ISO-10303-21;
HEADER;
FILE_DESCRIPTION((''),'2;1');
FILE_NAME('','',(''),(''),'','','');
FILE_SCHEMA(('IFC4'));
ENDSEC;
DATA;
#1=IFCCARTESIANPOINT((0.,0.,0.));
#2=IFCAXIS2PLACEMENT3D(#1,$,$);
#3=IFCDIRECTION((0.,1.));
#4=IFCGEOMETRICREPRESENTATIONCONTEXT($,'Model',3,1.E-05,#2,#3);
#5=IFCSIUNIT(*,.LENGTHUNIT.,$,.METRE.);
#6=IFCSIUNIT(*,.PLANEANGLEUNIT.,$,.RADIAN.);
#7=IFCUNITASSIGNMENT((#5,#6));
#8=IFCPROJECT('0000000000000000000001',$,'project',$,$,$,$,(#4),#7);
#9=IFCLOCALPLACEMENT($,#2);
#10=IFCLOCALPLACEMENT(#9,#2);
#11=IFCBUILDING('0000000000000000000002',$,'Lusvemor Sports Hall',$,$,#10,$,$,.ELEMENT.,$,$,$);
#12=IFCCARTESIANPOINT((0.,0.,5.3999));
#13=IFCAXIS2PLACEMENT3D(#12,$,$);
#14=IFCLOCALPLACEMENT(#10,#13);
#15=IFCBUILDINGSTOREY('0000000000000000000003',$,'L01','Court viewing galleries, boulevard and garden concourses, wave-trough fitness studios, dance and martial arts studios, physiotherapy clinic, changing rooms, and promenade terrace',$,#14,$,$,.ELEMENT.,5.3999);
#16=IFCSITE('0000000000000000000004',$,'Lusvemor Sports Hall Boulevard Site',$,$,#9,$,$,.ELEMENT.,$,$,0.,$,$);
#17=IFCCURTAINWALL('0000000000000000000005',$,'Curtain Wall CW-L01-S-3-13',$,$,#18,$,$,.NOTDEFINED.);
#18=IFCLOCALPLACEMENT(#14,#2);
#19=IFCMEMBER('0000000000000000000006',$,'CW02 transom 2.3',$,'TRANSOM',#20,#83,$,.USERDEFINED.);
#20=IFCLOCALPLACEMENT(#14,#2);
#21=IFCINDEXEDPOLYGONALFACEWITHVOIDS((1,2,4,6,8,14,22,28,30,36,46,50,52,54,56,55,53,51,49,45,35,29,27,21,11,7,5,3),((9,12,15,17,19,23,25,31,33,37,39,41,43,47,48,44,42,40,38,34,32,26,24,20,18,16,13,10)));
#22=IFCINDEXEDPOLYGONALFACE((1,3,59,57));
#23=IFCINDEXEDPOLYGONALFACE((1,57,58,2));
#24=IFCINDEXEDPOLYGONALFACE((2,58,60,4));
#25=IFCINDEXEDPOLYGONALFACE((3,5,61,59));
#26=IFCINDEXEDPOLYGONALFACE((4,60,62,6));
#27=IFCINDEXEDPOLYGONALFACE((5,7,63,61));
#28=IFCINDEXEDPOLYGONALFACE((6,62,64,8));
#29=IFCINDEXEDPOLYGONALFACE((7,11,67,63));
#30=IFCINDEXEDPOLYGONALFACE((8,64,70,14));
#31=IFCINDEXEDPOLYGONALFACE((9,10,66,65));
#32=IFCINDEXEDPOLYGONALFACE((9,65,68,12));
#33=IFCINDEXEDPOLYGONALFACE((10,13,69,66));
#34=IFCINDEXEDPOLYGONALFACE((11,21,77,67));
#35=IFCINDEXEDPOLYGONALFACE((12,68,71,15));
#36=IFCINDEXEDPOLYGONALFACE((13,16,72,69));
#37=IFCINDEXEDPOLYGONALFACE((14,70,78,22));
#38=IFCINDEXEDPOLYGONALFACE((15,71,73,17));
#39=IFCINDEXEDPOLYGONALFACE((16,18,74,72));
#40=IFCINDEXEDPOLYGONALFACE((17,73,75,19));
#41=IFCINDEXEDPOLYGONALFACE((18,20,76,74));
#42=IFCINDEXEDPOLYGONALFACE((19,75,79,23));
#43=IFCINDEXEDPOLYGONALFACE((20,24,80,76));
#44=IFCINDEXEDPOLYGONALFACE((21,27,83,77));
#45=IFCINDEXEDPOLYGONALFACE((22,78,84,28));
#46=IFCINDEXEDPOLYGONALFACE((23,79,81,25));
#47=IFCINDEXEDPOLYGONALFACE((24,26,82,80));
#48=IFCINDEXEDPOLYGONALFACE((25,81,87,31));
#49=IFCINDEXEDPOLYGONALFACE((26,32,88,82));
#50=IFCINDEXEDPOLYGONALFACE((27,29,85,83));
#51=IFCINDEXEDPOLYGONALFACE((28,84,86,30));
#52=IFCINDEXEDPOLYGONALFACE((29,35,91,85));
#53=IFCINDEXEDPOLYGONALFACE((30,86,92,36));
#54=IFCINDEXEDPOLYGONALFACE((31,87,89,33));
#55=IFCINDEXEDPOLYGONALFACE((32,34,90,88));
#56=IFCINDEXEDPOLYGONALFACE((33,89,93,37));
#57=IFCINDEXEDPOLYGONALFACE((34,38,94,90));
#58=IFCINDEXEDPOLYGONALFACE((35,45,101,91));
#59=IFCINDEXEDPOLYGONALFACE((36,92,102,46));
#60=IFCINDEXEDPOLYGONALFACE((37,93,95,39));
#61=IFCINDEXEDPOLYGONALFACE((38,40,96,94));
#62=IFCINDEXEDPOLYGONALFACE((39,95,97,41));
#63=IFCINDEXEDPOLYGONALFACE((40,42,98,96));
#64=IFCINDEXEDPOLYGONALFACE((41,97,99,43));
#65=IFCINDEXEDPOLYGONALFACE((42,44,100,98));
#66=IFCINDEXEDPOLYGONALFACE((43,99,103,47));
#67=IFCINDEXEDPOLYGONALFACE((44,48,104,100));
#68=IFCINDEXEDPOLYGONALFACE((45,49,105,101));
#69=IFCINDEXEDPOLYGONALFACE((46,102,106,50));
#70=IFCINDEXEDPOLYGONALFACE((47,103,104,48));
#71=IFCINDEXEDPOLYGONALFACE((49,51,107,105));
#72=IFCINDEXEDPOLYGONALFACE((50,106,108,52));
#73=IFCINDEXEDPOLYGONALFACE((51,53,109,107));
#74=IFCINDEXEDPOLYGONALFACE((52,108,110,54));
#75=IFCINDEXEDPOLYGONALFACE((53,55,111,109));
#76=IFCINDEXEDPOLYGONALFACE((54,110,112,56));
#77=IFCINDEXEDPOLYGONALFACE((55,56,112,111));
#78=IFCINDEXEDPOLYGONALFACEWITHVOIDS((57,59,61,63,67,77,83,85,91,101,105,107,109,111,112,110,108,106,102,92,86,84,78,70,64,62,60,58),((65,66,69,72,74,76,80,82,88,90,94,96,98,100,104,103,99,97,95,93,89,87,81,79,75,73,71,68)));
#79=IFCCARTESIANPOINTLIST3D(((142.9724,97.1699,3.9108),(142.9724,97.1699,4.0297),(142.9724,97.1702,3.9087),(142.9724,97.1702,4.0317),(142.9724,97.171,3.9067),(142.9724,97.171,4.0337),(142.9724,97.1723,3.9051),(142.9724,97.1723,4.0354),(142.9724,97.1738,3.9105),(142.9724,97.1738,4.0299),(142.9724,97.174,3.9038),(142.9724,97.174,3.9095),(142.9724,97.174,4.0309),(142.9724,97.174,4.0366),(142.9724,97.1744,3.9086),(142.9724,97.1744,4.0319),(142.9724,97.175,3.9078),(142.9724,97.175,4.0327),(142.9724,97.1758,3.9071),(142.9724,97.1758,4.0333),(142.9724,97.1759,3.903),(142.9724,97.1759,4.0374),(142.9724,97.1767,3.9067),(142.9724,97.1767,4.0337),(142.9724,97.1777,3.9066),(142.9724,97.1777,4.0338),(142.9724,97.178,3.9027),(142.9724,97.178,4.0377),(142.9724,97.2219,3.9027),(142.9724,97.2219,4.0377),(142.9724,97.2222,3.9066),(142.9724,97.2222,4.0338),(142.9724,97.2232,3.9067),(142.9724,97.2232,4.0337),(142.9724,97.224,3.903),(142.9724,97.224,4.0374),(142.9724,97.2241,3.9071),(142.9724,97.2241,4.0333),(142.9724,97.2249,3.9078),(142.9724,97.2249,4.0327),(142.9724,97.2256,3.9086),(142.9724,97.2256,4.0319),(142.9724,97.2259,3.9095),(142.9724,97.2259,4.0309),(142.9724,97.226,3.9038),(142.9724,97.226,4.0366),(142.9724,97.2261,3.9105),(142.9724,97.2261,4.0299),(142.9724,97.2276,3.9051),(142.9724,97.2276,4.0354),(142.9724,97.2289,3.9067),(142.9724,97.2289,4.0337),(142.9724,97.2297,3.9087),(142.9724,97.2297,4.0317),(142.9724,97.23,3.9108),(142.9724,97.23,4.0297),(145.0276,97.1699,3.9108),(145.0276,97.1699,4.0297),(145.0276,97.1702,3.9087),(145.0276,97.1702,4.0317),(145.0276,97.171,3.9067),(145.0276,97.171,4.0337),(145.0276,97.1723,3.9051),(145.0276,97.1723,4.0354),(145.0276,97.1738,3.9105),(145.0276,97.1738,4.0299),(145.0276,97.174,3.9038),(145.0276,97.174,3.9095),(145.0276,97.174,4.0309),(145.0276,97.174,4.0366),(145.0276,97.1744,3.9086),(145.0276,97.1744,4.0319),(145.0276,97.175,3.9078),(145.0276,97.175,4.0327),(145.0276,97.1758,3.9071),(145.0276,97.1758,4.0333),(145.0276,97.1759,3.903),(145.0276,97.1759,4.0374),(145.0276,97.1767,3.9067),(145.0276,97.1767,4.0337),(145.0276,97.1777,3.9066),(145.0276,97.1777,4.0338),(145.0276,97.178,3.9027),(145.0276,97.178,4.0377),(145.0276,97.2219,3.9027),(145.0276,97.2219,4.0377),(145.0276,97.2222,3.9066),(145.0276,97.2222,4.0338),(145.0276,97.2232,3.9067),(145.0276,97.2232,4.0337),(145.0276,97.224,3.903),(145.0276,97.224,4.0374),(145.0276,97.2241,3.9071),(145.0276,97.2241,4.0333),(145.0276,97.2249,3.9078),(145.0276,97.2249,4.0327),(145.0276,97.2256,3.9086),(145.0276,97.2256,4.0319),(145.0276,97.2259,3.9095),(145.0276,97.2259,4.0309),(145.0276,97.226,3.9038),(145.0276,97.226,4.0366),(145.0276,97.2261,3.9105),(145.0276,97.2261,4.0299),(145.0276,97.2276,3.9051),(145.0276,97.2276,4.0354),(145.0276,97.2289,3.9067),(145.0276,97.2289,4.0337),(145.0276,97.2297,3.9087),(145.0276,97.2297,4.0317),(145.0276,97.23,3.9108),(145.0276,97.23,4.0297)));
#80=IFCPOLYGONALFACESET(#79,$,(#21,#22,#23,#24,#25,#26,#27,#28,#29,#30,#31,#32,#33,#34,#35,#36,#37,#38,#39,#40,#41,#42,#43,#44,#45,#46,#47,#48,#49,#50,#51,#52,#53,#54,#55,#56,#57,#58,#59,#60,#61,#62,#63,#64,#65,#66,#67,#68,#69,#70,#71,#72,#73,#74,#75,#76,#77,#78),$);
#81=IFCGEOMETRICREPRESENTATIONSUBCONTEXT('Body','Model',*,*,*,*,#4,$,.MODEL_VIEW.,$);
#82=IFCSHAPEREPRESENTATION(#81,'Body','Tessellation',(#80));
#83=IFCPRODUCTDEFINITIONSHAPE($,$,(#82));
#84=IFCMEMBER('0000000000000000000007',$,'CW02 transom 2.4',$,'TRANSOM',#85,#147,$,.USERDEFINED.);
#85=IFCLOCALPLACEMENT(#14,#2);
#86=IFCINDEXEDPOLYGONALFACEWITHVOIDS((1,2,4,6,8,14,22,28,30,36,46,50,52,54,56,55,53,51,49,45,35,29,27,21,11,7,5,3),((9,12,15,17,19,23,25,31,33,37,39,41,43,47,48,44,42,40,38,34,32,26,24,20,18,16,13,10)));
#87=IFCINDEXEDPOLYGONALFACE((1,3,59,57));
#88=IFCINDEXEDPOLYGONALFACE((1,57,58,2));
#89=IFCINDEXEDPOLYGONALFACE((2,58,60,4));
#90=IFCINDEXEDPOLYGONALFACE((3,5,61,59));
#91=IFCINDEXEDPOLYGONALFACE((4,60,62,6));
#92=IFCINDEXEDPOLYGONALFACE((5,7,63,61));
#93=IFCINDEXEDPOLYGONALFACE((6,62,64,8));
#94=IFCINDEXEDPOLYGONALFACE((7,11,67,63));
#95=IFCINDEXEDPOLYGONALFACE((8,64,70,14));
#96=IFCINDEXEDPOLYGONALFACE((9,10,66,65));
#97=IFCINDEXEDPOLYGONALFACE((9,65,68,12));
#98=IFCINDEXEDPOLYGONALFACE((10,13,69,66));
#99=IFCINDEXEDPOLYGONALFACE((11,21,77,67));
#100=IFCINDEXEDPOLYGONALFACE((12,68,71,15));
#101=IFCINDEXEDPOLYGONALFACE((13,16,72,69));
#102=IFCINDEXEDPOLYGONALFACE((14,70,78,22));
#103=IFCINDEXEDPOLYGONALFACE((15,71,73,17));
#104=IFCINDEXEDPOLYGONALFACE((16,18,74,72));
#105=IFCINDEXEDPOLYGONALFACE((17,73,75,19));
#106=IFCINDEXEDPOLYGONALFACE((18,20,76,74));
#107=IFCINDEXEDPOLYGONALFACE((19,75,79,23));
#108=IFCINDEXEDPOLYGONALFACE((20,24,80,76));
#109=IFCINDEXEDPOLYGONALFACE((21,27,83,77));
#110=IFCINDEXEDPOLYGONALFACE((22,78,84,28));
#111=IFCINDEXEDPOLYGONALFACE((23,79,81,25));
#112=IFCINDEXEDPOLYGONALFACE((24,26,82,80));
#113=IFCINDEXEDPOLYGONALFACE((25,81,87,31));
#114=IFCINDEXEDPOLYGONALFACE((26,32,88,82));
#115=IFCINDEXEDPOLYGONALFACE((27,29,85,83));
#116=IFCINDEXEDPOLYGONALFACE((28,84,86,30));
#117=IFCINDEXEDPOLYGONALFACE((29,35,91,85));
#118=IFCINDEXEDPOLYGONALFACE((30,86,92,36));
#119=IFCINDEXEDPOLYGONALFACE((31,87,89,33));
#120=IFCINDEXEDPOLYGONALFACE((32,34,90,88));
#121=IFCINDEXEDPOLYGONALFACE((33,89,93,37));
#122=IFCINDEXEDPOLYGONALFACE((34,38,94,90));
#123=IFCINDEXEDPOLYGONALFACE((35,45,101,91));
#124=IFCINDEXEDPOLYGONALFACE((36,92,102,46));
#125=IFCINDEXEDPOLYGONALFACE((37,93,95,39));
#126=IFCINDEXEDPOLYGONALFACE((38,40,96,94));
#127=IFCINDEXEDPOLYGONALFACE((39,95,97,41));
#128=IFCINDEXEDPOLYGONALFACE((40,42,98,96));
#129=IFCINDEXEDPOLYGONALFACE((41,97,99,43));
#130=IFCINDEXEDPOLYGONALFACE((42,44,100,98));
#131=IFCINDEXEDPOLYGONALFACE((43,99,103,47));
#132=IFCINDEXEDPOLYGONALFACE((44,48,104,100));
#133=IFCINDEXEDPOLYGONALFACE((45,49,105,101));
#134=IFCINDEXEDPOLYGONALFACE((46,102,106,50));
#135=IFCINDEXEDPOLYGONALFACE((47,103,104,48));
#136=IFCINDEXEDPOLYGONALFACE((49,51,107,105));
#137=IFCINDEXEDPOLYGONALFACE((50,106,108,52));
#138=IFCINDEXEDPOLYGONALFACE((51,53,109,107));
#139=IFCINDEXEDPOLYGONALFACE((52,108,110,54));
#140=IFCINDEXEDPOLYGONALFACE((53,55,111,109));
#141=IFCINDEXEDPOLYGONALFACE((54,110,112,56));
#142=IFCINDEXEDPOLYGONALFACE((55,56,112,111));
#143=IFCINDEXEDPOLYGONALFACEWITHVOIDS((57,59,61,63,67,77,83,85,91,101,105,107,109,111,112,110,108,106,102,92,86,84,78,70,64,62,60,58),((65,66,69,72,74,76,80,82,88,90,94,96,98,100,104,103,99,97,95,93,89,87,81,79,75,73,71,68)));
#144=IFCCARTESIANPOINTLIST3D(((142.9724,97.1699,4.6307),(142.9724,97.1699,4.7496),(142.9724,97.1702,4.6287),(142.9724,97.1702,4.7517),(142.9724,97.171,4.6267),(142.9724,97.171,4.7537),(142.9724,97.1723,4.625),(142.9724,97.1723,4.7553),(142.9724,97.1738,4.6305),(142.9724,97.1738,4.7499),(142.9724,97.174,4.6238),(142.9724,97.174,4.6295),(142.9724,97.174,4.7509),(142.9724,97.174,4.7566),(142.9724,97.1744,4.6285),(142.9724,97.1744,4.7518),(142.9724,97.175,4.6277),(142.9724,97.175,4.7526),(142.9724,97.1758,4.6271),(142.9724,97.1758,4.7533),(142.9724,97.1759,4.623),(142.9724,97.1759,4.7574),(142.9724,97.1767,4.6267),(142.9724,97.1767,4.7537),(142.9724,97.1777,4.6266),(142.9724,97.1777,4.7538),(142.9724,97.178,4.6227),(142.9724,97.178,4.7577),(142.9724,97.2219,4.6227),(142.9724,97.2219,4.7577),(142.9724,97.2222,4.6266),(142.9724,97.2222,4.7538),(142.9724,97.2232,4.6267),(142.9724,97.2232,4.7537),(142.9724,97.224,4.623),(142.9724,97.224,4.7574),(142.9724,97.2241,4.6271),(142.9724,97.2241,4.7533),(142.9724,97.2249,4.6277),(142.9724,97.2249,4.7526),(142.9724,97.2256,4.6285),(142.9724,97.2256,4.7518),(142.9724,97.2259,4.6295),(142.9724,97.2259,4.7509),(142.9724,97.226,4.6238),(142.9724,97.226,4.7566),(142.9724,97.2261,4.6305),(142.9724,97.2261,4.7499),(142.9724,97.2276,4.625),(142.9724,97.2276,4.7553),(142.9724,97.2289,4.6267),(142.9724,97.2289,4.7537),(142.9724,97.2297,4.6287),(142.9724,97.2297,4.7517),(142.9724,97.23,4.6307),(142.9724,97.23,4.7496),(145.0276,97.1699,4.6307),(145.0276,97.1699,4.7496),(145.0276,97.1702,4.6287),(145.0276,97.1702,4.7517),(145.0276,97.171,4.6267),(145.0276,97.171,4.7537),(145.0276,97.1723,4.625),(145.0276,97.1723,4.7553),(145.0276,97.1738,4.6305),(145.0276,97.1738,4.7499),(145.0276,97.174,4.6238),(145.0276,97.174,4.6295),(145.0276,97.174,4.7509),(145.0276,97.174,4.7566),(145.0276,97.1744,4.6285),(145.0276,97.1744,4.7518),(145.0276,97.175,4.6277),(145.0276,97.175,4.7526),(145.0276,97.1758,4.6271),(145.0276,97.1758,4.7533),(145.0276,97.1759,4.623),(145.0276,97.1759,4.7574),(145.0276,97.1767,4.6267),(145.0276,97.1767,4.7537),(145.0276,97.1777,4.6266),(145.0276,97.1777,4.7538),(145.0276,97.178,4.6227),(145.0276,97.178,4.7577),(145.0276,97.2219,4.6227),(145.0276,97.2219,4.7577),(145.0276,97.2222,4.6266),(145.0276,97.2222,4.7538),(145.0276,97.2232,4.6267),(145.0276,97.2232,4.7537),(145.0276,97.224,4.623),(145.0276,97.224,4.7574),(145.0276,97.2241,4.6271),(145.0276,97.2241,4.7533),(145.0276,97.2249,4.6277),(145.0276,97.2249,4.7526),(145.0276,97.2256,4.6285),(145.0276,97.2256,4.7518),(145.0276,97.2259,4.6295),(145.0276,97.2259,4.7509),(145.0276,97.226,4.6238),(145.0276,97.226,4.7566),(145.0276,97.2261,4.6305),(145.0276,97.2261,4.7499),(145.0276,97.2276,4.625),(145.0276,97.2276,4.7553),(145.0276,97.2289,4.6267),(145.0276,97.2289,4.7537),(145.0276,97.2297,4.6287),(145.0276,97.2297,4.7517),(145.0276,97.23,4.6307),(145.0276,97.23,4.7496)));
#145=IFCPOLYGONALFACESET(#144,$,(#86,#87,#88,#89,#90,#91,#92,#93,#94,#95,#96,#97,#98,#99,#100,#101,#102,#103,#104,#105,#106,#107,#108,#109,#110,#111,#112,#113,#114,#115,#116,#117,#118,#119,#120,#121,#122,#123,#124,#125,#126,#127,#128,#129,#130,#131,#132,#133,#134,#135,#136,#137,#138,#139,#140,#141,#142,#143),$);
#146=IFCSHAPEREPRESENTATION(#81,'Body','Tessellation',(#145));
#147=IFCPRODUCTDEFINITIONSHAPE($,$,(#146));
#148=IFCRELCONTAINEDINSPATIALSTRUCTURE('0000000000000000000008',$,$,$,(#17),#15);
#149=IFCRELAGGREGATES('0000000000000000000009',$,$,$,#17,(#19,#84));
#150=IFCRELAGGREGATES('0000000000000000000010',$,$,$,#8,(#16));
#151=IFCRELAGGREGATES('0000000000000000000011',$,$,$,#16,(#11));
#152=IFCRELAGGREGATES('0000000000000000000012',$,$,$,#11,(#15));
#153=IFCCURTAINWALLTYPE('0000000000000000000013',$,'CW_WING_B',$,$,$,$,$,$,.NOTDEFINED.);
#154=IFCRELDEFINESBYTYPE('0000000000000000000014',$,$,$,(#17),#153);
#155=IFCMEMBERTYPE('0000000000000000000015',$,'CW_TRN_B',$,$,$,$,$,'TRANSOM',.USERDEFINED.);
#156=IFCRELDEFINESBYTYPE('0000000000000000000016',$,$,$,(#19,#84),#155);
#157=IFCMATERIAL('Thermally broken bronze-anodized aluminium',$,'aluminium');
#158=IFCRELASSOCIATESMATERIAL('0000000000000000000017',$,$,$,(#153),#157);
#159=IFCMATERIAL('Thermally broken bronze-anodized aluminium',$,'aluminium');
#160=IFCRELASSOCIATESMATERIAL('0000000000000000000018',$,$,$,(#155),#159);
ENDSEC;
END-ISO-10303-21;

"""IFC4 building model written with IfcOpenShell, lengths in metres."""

from ifc_helpers import new_model, si_unit, direction, frame, origin, origin_2d, place, context, subcontext, project, spatial, hollow_rectangle, extrude, material, material_profile, profile_set, type_object, element, aggregate, save


model = new_model("IFC4")

# Units and contexts
model_context = context("Model", 3, precision=1e-05, world=origin(), true_north=direction((0.0, 1.0)))
body_context = subcontext(model_context, "Body", "Model", "MODEL_VIEW")
ifc_project = project(units=[si_unit("LENGTHUNIT", "METRE"), si_unit("PLANEANGLEUNIT", "RADIAN")], contexts=[model_context])

# Site, building, storey
site_placement = place(None, origin())
site = spatial("IfcSite", under=ifc_project, at=site_placement, Name="Lusvemor Sports Hall Boulevard Site", CompositionType="ELEMENT", RefElevation=0.0)
building_placement = place(site_placement, origin())
building = spatial("IfcBuilding", under=site, at=building_placement, Name="Lusvemor Sports Hall", CompositionType="ELEMENT")
storey_placement = place(building_placement, frame((0.0, 0.0, 5.3999)))
storey = spatial("IfcBuildingStorey", under=building, at=storey_placement, Name="L01", Description="Court viewing galleries, boulevard and garden concourses, wave-trough fitness studios, dance and martial arts studios, physiotherapy clinic, changing rooms, and promenade terrace", CompositionType="ELEMENT", Elevation=5.3999)

# Curtain wall, members
ifc_material_1 = material(Name="Thermally broken bronze-anodized aluminium", Category="aluminium")
curtain_wall_type = type_object("IfcCurtainWallType", Name="CW_WING_B", PredefinedType="NOTDEFINED", material=ifc_material_1)
curtain_wall_placement = place(storey_placement, origin())
curtain_wall = element("IfcCurtainWall", 1, at=curtain_wall_placement, inside=storey, type_object=curtain_wall_type, Name="Curtain Wall CW-L01-S-3-13", PredefinedType="NOTDEFINED")
ifc_material_2 = material(Name="Thermally broken bronze-anodized aluminium", Category="aluminium")
ifc_material_profile_1 = material_profile(ifc_material_2, hollow_rectangle(XDim=0.0601, YDim=0.135, WallThickness=0.0039, InnerFilletRadius=0.0039, OuterFilletRadius=0.0081, at=origin_2d()), Name="CWTRN135x60x4")
ifc_profile_set_1 = profile_set([ifc_material_profile_1], Name="Thermally broken bronze-anodized aluminium")
member_type_1 = type_object("IfcMemberType", Name="CW_TRN_B", ElementType="TRANSOM", PredefinedType="USERDEFINED", material=ifc_profile_set_1)
member_1_placement = place(storey_placement, frame((145.0276, 97.2, 3.9702), z_axis=(-1.0, 0.0, 0.0), x_axis=(0.0, -1.0, 0.0)))
member_1 = element("IfcMember", 2, at=member_1_placement, type_object=member_type_1, Name="CW02 transom 2.3", ObjectType="TRANSOM", PredefinedType="USERDEFINED", context=body_context, shape_type="SweptSolid", body=[
    extrude(hollow_rectangle(XDim=0.0601, YDim=0.135, WallThickness=0.0039, InnerFilletRadius=0.0039, OuterFilletRadius=0.0081, at=origin_2d()), origin(), (0.0, 0.0, 1.0), 2.0552),
])
member_2_placement = place(storey_placement, frame((145.0276, 97.2, 4.6902), z_axis=(-1.0, 0.0, 0.0), x_axis=(0.0, -1.0, 0.0)))
member_2 = element("IfcMember", 3, at=member_2_placement, type_object=member_type_1, Name="CW02 transom 2.4", ObjectType="TRANSOM", PredefinedType="USERDEFINED", context=body_context, shape_type="SweptSolid", body=[
    extrude(hollow_rectangle(XDim=0.0601, YDim=0.135, WallThickness=0.0039, InnerFilletRadius=0.0039, OuterFilletRadius=0.0081, at=origin_2d()), origin(), (0.0, 0.0, 1.0), 2.0552),
])

aggregate(curtain_wall, [member_1, member_2])

save(model, "model.ifc")
